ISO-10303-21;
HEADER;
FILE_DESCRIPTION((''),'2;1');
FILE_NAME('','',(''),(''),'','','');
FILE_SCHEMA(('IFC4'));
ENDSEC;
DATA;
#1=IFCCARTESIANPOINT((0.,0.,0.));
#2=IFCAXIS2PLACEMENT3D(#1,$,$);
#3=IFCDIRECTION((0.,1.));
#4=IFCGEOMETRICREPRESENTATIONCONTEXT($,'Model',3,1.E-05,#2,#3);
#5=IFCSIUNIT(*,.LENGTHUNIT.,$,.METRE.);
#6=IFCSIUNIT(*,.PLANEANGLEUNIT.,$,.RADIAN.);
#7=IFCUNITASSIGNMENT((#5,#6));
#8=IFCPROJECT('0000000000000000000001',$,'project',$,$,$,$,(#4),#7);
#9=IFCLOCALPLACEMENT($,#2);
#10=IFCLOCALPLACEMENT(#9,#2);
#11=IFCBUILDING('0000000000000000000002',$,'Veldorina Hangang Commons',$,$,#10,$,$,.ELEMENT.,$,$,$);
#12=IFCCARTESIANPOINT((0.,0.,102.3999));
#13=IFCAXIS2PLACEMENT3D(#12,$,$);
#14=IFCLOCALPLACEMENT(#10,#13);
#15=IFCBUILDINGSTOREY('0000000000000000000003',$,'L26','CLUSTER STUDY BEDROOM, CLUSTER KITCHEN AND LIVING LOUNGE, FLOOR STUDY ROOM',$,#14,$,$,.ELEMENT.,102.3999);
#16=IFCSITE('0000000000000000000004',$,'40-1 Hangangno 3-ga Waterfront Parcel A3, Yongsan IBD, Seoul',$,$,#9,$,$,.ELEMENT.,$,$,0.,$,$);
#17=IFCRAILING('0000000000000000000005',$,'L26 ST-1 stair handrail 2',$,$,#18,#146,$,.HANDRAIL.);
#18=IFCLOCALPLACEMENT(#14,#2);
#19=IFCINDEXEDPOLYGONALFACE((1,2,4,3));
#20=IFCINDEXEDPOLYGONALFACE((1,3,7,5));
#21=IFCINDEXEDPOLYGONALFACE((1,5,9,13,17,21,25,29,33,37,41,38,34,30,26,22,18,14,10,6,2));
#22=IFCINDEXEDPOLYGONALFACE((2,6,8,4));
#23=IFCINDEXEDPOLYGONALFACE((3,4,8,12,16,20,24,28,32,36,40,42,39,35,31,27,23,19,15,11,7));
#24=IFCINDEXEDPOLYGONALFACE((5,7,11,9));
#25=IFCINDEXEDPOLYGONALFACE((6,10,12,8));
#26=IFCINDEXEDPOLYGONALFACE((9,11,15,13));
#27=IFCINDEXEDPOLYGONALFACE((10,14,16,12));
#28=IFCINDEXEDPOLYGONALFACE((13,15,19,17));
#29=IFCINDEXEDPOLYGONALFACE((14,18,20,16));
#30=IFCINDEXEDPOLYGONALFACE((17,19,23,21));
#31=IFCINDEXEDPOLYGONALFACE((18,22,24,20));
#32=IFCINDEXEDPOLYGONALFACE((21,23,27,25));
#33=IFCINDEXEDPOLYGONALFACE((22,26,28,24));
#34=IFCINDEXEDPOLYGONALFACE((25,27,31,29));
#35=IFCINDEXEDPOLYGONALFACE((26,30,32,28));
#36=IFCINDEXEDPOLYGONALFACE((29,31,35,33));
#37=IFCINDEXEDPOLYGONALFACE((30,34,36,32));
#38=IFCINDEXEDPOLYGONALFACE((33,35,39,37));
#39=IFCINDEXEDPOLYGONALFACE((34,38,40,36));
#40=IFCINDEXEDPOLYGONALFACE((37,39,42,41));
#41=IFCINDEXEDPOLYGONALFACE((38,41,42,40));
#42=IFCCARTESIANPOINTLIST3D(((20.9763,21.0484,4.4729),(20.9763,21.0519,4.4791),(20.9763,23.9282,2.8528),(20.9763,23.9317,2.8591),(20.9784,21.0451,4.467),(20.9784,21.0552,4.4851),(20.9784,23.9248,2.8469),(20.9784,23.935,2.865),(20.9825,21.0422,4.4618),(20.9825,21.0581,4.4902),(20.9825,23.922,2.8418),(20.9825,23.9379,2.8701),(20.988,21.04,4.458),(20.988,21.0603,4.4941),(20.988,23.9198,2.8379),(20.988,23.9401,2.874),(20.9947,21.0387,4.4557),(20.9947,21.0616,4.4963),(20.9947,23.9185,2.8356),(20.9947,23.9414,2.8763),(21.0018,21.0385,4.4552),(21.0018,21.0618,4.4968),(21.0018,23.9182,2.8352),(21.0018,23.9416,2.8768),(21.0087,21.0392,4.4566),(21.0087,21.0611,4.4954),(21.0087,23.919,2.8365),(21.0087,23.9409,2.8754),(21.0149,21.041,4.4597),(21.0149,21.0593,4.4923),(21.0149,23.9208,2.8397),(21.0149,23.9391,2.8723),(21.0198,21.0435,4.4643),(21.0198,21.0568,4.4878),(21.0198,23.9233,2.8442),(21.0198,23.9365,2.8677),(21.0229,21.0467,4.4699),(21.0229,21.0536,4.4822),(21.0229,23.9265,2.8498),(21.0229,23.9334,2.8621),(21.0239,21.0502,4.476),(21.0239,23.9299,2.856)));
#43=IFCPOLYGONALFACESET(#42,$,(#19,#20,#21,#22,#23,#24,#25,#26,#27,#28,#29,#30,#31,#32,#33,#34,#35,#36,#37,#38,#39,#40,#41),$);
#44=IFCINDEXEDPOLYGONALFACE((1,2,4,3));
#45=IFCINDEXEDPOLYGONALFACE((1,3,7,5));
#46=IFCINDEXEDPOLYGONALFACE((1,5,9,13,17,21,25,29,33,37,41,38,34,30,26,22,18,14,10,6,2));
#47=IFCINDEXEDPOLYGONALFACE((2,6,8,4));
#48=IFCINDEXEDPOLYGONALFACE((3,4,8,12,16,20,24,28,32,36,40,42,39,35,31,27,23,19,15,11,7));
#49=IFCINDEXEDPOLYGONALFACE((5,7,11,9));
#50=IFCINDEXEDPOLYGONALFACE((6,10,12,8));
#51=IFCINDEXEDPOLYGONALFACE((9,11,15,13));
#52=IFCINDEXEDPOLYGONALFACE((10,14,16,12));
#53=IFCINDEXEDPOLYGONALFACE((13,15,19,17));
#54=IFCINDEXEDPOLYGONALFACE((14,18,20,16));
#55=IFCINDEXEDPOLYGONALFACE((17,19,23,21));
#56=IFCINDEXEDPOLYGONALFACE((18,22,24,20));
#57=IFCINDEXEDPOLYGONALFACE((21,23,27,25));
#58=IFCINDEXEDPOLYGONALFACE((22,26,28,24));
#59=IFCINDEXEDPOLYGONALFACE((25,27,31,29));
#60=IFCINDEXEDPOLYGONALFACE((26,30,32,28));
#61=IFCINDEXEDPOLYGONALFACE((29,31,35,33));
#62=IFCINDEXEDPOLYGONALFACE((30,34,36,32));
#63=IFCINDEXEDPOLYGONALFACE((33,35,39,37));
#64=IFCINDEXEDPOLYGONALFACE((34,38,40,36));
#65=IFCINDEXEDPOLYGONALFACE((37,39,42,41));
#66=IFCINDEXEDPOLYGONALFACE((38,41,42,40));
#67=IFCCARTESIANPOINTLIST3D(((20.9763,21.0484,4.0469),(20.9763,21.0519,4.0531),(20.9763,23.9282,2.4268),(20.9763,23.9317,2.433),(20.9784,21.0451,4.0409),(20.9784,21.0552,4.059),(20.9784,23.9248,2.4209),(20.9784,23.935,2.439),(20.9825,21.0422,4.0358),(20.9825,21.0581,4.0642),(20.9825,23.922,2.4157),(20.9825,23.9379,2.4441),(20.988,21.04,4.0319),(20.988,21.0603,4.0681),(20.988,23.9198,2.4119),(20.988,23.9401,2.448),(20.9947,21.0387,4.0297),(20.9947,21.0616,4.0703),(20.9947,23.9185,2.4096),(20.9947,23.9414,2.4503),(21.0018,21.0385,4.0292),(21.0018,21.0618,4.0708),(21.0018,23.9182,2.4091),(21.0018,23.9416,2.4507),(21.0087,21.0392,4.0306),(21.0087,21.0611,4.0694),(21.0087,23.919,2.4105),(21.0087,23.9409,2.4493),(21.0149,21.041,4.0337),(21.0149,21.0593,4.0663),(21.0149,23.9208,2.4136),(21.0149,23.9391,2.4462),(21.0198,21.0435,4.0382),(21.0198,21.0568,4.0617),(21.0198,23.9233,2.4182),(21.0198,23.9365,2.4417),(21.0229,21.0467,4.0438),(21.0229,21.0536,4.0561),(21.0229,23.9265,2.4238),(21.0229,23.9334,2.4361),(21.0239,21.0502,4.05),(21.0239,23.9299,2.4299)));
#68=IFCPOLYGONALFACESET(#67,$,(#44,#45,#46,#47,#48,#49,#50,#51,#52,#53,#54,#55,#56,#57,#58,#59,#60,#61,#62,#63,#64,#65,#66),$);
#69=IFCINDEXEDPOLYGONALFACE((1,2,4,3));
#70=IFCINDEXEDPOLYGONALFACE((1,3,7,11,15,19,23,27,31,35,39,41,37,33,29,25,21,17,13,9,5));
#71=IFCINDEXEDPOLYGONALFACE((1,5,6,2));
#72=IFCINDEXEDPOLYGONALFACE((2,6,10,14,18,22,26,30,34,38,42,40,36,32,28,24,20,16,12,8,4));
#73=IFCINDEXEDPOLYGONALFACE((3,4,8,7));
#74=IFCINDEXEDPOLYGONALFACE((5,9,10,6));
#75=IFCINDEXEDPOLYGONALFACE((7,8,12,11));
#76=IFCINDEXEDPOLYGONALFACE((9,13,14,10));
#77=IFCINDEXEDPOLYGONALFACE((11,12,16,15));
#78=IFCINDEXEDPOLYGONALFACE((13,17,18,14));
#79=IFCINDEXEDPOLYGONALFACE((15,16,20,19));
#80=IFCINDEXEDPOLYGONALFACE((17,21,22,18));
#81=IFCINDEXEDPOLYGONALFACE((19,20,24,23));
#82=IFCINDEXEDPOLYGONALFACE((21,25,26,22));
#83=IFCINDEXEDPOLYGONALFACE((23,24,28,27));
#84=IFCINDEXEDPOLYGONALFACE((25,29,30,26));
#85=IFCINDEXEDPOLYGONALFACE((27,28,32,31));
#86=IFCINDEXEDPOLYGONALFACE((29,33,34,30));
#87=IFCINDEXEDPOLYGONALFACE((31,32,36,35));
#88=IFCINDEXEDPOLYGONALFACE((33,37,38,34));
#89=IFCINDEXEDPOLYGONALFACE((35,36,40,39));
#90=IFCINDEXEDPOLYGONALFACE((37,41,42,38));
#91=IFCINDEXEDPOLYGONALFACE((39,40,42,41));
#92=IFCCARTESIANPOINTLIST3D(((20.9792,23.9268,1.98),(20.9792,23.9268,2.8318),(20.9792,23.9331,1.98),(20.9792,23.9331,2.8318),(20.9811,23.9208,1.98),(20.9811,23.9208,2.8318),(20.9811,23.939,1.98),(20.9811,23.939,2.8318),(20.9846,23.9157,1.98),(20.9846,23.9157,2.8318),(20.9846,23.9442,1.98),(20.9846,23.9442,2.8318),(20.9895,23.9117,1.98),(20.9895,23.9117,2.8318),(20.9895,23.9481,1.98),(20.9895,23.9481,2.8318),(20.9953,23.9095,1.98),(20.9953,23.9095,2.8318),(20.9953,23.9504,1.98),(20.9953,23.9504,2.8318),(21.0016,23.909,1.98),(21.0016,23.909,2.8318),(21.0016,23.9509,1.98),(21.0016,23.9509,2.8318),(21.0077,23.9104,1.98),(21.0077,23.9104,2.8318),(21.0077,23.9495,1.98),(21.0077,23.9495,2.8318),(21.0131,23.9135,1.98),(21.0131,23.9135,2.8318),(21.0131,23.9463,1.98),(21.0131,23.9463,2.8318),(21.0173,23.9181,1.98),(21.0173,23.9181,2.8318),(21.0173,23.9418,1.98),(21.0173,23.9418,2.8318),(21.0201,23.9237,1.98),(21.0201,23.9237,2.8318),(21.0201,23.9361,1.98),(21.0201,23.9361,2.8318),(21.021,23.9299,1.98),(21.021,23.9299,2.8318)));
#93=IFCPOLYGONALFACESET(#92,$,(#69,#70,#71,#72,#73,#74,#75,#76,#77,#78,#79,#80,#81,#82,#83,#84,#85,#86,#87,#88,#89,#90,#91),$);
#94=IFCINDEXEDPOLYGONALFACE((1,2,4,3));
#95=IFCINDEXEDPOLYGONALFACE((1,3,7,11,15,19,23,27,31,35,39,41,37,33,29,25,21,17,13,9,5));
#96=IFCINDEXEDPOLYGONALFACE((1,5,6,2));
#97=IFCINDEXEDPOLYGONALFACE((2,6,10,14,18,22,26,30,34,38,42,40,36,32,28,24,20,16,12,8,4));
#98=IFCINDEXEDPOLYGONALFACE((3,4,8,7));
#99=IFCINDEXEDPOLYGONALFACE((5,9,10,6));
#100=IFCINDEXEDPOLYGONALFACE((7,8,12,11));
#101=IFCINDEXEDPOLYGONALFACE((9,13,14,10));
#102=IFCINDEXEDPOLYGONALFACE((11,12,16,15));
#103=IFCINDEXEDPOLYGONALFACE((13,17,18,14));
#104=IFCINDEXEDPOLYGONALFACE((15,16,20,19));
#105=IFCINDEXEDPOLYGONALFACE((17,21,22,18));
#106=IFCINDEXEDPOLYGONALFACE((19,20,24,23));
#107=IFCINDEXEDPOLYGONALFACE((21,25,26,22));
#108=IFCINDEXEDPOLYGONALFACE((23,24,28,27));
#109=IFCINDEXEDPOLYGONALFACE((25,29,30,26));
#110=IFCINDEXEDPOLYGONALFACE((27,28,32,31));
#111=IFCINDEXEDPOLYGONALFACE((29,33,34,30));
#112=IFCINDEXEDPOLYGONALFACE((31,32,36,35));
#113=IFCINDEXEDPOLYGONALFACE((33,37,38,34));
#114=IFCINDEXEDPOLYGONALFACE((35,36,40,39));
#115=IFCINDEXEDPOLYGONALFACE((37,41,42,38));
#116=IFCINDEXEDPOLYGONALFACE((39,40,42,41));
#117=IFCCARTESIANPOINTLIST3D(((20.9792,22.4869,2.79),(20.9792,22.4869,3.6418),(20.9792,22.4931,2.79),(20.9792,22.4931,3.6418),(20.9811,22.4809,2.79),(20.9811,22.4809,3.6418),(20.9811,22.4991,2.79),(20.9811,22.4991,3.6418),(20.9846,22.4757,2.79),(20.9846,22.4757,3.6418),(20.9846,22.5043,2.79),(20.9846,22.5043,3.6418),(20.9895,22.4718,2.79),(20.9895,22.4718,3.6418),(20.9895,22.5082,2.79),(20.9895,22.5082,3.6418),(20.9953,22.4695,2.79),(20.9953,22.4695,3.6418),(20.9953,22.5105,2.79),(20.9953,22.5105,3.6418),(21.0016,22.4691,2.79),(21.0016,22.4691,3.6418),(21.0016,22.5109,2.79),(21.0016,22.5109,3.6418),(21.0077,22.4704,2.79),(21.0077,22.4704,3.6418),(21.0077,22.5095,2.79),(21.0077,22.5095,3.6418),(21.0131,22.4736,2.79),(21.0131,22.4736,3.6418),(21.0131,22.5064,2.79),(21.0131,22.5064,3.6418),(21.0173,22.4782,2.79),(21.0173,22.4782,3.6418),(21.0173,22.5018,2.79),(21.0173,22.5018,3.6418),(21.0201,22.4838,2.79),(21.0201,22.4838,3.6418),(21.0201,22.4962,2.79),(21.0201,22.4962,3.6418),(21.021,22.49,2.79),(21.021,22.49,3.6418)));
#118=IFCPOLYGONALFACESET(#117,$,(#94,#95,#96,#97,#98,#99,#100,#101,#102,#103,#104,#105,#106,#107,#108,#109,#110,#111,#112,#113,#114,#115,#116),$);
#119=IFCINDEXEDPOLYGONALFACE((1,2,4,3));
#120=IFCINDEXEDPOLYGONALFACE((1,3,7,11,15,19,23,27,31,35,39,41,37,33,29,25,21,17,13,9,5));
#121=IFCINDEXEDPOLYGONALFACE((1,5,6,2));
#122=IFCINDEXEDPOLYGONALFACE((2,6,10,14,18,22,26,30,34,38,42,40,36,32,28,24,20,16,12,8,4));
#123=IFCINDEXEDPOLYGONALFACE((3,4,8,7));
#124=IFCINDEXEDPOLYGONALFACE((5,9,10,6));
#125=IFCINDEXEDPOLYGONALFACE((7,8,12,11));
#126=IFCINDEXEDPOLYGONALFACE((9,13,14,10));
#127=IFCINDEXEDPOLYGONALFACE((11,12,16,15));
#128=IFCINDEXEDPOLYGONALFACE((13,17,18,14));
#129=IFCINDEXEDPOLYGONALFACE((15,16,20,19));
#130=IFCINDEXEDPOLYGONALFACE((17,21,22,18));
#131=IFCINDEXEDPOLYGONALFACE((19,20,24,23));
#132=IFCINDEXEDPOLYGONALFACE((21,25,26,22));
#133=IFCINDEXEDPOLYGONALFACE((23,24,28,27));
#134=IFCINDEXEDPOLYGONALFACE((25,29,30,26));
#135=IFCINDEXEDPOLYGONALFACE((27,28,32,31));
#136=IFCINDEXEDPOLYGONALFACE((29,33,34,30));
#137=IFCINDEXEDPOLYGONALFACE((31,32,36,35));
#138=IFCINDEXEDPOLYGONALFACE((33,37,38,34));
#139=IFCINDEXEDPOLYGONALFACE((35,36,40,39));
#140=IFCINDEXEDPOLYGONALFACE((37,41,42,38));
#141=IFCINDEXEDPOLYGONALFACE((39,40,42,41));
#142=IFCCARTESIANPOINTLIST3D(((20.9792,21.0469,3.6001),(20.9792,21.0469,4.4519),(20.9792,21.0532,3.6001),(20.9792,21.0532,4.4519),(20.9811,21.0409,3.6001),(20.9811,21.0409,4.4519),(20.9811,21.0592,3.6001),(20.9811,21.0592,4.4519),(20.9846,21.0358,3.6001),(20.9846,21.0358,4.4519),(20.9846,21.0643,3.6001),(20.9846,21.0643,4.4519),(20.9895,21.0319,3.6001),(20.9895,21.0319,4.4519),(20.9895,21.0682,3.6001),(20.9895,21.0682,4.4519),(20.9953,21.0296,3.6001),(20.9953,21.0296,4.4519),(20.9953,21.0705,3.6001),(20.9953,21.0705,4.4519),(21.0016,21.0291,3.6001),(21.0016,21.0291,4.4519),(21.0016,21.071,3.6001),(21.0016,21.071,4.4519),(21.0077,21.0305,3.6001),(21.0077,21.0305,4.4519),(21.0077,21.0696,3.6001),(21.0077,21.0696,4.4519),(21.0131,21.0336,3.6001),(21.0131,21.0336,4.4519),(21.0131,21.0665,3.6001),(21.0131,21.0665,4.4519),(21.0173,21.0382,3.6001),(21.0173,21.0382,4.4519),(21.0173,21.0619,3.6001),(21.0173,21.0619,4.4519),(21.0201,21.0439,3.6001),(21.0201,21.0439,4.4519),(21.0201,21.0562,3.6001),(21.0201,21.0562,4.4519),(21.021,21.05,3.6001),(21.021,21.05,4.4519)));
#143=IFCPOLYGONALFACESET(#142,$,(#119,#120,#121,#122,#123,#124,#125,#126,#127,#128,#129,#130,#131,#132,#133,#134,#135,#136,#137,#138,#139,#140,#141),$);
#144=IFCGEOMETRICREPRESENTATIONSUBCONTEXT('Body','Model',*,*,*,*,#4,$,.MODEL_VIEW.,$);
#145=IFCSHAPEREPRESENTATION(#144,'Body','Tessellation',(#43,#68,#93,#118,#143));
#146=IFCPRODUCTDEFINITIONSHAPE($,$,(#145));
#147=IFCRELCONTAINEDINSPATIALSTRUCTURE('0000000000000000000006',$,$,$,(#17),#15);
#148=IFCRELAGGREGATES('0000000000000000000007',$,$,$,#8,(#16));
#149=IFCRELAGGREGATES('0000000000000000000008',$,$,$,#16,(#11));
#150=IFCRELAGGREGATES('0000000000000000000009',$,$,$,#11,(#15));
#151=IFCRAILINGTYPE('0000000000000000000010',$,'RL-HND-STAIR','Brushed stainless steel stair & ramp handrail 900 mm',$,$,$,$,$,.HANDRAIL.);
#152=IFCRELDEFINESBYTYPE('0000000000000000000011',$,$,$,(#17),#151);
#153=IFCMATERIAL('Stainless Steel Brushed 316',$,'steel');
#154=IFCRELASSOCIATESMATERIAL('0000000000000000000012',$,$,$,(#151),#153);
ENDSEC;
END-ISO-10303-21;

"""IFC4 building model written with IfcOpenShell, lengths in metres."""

from ifc_helpers import new_model, si_unit, direction, frame, origin, origin_2d, place, context, subcontext, project, spatial, circle, extrude, material, type_object, element, save


model = new_model("IFC4")

# Units and contexts
model_context = context("Model", 3, precision=1e-05, world=origin(), true_north=direction((0.0, 1.0)))
body_context = subcontext(model_context, "Body", "Model", "MODEL_VIEW")
ifc_project = project(units=[si_unit("LENGTHUNIT", "METRE"), si_unit("PLANEANGLEUNIT", "RADIAN")], contexts=[model_context])

# Site, building, storey
site_placement = place(None, origin())
site = spatial("IfcSite", under=ifc_project, at=site_placement, Name="40-1 Hangangno 3-ga Waterfront Parcel A3, Yongsan IBD, Seoul", CompositionType="ELEMENT", RefElevation=0.0)
building_placement = place(site_placement, origin())
building = spatial("IfcBuilding", under=site, at=building_placement, Name="Veldorina Hangang Commons", CompositionType="ELEMENT")
storey_placement = place(building_placement, frame((0.0, 0.0, 102.3999)))
storey = spatial("IfcBuildingStorey", under=building, at=storey_placement, Name="L26", Description="CLUSTER STUDY BEDROOM, CLUSTER KITCHEN AND LIVING LOUNGE, FLOOR STUDY ROOM", CompositionType="ELEMENT", Elevation=102.3999)

# Railing
ifc_material_1 = material(Name="Stainless Steel Brushed 316", Category="steel")
railing_type_1 = type_object("IfcRailingType", Name="RL-HND-STAIR", Description="Brushed stainless steel stair & ramp handrail 900 mm", PredefinedType="HANDRAIL", material=ifc_material_1)
railing_1_placement = place(storey_placement, frame((21.0, 23.9299, 1.98)))
element("IfcRailing", 1, at=railing_1_placement, inside=storey, type_object=railing_type_1, Name="L26 ST-1 stair handrail 2", PredefinedType="HANDRAIL", context=body_context, shape_type="SweptSolid", body=[
    extrude(circle(Radius=0.0239, at=origin_2d()), frame((0.0, 0.0, 0.876), z_axis=(0.0, -0.871552, 0.490303), x_axis=(1.0, 0.0, 0.0)), (0.0, 0.0, 1.0), 3.3042),
    extrude(circle(Radius=0.0239, at=origin_2d()), frame((0.0, 0.0, 0.45), z_axis=(0.0, -0.871552, 0.490303), x_axis=(1.0, 0.0, 0.0)), (0.0, 0.0, 1.0), 3.3042),
    extrude(circle(Radius=0.021, at=origin_2d()), origin(), (0.0, 0.0, 1.0), 0.8518),
    extrude(circle(Radius=0.021, at=origin_2d()), frame((0.0, -1.4399, 0.8101)), (0.0, 0.0, 1.0), 0.8518),
    extrude(circle(Radius=0.021, at=origin_2d()), frame((0.0, -2.8799, 1.6201)), (0.0, 0.0, 1.0), 0.8518),
])

save(model, "model.ifc")
